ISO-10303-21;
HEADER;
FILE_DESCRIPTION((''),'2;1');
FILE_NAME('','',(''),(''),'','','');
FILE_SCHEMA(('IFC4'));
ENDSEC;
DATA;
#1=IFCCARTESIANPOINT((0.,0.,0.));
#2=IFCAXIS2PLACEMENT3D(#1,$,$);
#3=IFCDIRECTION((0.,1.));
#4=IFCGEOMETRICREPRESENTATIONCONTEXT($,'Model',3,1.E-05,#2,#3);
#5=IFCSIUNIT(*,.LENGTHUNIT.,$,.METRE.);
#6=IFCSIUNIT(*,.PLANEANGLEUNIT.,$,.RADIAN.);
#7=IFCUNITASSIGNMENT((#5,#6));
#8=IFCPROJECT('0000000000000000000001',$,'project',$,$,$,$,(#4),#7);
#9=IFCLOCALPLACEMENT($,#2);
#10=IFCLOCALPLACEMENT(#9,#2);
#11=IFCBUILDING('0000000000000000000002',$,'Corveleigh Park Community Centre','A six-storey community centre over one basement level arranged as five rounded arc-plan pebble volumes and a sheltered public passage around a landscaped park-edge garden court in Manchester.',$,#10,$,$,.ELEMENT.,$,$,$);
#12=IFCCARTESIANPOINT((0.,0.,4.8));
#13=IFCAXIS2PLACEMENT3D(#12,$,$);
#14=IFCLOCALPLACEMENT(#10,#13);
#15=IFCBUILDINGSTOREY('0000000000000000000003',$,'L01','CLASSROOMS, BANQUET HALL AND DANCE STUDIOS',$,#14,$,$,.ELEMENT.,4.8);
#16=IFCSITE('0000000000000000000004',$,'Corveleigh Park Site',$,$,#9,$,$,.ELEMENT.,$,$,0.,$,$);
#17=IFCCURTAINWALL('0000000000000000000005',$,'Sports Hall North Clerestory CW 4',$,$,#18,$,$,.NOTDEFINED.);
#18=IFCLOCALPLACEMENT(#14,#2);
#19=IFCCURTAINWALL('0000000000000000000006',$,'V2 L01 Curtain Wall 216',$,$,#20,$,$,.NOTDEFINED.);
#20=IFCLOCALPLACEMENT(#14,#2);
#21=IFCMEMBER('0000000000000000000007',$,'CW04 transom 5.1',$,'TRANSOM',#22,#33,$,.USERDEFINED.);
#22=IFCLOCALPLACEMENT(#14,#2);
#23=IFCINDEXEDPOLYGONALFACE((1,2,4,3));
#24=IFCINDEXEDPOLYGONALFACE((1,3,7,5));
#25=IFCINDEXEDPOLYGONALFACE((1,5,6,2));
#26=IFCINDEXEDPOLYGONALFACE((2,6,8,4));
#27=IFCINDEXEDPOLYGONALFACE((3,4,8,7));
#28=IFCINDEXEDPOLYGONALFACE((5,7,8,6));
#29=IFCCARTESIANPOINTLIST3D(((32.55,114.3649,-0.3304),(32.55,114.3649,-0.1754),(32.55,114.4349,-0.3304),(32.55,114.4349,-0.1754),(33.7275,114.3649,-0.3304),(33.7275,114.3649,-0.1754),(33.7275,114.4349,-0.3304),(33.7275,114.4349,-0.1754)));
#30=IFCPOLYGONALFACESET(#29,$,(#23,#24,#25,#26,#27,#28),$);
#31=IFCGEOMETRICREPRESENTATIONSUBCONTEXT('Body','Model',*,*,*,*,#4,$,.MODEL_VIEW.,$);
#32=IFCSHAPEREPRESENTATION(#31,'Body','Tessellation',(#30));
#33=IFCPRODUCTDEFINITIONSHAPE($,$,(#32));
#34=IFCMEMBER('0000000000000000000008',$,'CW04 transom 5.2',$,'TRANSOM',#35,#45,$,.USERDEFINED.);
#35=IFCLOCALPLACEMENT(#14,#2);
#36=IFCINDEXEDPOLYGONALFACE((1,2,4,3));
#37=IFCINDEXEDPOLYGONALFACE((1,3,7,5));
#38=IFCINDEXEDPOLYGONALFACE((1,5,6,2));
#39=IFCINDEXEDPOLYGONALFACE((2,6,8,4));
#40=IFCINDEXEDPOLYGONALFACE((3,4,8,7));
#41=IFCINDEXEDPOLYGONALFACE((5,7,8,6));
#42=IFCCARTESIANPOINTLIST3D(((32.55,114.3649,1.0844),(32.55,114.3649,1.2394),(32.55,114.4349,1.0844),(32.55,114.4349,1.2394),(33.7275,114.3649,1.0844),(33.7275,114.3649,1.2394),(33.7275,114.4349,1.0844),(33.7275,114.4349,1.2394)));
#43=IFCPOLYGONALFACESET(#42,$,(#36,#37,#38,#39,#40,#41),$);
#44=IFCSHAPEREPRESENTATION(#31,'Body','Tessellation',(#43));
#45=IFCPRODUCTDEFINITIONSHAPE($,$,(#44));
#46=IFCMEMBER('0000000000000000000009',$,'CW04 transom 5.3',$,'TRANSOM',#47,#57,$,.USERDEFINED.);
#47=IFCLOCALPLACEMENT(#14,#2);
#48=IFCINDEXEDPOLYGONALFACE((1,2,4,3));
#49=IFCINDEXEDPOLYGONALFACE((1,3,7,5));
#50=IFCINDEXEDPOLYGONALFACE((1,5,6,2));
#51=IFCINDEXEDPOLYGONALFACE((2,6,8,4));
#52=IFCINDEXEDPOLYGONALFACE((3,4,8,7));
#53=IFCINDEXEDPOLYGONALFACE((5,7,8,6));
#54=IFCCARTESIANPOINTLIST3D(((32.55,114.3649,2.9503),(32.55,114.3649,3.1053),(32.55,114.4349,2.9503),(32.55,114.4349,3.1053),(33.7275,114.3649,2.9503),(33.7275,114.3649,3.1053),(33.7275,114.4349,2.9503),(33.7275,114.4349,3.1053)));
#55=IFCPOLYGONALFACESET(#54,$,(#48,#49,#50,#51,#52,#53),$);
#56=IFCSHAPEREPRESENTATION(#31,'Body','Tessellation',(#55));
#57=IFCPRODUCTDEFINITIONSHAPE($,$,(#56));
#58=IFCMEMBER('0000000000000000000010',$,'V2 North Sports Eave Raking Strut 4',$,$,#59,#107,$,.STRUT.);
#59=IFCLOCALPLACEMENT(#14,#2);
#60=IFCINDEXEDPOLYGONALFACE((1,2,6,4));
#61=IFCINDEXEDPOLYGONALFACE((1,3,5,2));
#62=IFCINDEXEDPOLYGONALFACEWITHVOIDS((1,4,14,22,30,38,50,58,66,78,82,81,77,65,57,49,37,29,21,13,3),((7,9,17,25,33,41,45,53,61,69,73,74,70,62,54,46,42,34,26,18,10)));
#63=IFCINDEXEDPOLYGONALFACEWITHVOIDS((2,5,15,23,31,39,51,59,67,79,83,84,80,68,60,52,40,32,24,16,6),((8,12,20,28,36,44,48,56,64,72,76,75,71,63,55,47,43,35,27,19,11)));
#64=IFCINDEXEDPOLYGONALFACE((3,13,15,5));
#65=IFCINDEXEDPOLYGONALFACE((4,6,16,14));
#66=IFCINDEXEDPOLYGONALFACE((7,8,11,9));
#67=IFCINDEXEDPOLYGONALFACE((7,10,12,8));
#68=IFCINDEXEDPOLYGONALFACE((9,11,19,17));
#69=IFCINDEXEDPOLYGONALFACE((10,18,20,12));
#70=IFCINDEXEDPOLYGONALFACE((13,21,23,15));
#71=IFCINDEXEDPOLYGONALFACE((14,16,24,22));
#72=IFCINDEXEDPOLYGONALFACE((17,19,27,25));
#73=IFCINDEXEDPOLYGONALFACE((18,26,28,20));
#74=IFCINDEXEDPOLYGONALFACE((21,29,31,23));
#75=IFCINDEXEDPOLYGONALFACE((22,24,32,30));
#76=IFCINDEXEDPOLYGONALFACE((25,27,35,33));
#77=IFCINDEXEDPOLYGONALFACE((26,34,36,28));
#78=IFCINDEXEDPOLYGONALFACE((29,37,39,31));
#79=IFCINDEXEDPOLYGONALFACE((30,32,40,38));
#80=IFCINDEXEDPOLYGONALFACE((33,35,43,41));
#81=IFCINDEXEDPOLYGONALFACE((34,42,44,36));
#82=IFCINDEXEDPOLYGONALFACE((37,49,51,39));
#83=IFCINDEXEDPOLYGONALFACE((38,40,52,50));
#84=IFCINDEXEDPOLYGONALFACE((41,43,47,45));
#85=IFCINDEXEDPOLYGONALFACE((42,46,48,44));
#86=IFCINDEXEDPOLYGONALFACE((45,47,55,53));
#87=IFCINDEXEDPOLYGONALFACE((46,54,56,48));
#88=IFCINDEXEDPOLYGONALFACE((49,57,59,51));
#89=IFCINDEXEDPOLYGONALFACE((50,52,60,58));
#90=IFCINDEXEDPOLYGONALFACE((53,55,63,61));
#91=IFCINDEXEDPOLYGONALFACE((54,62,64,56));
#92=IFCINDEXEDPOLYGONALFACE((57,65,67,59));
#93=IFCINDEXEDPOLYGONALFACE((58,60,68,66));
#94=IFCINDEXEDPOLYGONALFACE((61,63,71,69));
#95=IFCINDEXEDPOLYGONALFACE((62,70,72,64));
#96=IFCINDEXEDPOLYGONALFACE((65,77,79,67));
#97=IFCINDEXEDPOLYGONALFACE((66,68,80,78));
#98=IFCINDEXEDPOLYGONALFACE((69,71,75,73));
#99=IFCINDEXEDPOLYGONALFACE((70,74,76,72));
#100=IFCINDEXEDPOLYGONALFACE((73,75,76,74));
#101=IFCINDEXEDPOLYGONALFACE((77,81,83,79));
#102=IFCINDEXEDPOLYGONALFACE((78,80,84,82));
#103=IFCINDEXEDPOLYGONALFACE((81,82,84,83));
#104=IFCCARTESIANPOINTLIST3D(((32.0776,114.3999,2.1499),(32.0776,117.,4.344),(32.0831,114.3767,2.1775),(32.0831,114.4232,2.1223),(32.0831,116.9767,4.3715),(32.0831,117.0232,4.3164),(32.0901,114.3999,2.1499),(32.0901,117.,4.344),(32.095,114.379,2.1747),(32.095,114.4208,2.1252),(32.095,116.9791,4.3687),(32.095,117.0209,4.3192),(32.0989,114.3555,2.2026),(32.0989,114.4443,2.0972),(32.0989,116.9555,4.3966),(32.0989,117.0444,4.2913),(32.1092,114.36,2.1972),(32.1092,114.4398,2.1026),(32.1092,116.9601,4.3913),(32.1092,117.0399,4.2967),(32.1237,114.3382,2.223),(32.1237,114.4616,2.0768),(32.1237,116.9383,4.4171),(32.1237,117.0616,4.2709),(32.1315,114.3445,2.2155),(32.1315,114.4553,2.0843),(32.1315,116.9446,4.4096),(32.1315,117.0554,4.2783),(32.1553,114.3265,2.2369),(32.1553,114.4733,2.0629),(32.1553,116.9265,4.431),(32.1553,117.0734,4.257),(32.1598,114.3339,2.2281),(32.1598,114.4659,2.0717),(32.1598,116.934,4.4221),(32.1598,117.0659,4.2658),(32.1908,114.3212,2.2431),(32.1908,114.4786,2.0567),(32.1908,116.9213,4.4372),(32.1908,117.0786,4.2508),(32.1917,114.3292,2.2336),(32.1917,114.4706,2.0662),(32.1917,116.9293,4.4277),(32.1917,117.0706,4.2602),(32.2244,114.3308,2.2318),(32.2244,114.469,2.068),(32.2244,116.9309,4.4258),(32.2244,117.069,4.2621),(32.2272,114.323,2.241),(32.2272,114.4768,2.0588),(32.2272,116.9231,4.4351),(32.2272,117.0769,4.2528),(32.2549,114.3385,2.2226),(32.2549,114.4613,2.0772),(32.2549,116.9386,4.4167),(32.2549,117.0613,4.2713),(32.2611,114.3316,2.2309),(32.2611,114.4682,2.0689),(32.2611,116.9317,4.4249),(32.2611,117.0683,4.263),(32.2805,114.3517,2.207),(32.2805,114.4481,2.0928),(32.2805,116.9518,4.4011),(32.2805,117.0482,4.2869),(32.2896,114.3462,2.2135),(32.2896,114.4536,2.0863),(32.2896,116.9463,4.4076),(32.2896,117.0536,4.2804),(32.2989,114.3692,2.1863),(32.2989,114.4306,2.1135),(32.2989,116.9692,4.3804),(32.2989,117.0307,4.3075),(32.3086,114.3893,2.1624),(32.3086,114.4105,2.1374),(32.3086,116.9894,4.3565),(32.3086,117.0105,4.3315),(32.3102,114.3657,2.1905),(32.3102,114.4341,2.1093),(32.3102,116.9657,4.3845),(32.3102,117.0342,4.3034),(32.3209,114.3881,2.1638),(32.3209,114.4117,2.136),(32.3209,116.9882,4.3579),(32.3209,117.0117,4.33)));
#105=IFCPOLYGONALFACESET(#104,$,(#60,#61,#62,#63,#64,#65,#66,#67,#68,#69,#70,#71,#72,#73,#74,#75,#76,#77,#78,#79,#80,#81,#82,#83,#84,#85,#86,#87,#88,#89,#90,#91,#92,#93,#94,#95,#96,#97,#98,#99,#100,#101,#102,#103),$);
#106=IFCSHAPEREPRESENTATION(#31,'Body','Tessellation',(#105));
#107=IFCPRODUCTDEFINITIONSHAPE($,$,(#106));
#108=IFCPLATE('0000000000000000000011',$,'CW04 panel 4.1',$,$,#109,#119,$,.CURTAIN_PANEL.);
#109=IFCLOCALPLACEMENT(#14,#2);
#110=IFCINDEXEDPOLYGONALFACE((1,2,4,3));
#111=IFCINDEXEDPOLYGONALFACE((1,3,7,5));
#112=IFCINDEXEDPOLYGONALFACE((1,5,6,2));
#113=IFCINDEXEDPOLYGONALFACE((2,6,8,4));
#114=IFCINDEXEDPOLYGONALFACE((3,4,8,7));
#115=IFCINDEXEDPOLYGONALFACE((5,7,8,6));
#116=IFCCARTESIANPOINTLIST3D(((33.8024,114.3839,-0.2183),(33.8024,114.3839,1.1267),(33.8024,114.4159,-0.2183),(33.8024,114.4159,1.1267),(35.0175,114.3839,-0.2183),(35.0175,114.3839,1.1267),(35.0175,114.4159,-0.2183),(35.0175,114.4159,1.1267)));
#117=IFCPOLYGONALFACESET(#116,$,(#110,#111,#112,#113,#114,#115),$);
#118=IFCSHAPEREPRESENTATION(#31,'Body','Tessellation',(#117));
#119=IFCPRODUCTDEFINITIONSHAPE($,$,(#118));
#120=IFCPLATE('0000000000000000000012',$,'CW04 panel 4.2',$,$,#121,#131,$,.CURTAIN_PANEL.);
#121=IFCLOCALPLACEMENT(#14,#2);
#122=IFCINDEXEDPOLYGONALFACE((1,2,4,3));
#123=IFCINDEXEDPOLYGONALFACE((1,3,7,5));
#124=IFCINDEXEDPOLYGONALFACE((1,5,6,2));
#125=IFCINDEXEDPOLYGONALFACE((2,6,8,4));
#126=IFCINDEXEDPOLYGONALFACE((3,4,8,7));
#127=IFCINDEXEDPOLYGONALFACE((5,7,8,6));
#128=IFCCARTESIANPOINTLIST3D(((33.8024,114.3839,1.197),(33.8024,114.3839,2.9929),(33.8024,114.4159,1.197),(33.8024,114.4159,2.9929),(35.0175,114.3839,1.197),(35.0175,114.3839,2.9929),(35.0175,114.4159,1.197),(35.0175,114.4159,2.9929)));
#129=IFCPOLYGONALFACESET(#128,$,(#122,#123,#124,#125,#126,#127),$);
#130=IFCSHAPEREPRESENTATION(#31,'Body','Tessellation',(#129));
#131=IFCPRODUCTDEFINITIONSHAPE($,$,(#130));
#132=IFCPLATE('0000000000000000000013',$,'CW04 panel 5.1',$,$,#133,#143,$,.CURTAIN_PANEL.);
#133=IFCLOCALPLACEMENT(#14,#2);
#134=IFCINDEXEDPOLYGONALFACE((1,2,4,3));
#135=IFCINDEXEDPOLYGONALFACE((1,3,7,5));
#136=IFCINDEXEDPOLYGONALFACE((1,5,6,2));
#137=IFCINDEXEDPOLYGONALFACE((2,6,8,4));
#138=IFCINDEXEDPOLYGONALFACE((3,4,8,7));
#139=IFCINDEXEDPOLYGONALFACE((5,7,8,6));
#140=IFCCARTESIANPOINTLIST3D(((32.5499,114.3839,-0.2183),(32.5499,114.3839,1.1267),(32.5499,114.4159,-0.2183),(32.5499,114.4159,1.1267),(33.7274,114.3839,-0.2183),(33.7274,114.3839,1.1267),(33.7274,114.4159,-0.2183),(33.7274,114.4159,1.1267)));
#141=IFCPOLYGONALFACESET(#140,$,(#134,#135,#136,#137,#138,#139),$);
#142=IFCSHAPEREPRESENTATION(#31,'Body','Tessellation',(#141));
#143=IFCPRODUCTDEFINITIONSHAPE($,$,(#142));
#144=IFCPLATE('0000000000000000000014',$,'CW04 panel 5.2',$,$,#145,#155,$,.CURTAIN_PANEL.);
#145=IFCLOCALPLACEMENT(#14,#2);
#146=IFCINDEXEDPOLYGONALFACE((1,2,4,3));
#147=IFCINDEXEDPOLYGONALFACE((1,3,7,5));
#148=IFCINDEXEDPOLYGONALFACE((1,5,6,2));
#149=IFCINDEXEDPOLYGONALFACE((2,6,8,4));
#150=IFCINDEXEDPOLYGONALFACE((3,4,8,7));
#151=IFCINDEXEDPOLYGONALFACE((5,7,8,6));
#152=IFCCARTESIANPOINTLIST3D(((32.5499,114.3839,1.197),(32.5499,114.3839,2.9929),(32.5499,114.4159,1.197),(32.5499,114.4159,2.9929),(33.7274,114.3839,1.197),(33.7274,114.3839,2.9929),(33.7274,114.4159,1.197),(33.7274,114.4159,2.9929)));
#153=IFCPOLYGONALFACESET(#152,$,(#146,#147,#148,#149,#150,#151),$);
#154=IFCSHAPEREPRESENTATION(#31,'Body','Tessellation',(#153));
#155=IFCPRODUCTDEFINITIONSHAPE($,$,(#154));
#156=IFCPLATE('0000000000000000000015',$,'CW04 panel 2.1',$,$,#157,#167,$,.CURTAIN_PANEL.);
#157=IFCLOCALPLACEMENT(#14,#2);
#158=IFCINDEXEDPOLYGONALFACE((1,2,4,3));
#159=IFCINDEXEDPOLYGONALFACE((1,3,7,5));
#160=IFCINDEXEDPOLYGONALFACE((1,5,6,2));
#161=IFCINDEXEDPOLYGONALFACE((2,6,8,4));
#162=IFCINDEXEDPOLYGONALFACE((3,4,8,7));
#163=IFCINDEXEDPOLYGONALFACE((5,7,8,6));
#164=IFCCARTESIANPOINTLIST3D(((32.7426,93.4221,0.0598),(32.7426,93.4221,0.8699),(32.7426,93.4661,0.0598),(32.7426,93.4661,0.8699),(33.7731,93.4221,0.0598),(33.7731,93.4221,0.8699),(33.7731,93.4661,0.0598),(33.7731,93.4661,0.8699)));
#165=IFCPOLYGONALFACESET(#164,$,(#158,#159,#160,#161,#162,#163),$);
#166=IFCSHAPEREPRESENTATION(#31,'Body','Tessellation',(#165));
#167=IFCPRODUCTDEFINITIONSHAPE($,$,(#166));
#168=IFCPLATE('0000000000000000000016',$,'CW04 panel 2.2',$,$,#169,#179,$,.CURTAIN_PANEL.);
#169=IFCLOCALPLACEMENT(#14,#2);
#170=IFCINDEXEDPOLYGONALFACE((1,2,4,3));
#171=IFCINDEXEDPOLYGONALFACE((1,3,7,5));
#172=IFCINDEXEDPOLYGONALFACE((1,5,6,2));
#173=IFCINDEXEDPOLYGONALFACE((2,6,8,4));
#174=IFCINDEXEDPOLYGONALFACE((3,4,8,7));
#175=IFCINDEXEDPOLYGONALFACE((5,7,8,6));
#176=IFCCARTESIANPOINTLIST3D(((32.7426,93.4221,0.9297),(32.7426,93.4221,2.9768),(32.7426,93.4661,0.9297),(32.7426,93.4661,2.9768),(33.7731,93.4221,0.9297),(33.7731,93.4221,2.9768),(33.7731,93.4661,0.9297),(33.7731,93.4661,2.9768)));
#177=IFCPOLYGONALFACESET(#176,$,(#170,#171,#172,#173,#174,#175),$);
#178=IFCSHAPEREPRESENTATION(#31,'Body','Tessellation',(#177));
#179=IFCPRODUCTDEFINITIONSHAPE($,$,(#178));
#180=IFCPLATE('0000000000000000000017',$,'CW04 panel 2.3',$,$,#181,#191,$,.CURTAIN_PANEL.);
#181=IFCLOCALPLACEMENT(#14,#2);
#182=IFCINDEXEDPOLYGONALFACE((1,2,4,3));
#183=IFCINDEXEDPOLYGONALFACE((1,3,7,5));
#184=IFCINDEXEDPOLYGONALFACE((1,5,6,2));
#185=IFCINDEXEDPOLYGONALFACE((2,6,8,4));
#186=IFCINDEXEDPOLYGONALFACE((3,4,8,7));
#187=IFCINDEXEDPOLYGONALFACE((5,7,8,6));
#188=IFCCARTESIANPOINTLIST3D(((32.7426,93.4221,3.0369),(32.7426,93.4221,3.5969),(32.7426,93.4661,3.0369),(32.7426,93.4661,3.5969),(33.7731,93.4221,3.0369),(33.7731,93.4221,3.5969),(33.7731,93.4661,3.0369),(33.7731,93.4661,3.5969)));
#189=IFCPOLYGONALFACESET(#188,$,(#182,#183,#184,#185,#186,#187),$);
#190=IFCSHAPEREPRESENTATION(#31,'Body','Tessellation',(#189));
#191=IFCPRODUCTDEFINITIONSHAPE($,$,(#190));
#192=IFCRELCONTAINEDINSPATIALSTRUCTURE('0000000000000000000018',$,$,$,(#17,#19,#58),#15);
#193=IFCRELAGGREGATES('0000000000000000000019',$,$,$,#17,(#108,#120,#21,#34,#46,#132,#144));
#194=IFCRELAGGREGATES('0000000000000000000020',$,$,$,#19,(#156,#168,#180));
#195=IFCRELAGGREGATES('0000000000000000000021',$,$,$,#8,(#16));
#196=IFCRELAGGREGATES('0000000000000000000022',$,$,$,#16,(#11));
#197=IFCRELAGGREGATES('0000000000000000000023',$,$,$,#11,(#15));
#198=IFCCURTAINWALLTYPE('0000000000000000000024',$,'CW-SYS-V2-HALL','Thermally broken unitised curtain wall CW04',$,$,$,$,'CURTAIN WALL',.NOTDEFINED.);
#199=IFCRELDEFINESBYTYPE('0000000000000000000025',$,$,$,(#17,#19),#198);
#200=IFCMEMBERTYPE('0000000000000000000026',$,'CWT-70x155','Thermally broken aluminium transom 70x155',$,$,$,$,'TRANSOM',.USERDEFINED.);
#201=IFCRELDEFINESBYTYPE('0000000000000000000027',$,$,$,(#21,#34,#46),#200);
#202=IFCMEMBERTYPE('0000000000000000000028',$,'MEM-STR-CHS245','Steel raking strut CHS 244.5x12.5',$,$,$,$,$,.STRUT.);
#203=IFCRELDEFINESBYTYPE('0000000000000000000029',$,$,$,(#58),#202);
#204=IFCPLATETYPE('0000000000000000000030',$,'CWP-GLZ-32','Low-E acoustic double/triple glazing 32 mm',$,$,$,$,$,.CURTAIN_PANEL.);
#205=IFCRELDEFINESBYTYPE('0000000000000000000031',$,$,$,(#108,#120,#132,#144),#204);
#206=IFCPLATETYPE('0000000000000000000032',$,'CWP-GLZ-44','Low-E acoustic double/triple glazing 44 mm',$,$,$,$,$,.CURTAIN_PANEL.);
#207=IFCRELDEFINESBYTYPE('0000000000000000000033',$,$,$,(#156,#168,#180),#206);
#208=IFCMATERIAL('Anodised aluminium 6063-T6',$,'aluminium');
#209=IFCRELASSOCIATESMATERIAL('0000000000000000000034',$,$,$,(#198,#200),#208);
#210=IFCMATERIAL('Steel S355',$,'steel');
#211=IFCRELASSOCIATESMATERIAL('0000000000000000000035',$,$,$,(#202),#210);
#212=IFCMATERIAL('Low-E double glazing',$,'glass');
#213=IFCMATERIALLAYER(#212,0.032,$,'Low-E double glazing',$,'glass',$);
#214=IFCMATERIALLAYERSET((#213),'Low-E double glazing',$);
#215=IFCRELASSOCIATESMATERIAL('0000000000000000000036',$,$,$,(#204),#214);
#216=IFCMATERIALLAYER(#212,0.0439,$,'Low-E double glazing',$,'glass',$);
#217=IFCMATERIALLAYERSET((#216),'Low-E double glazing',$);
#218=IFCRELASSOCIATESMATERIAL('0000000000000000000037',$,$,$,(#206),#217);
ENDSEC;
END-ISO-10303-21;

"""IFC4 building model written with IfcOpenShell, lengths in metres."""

from ifc_helpers import new_model, si_unit, direction, frame, origin, origin_2d, place, context, subcontext, project, spatial, rectangle, hollow_circle, extrude, material, layer, layer_set, material_profile, profile_set, type_object, element, aggregate, save


model = new_model("IFC4")

# Units and contexts
model_context = context("Model", 3, precision=1e-05, world=origin(), true_north=direction((0.0, 1.0)))
body_context = subcontext(model_context, "Body", "Model", "MODEL_VIEW")
ifc_project = project(units=[si_unit("LENGTHUNIT", "METRE"), si_unit("PLANEANGLEUNIT", "RADIAN")], contexts=[model_context])

# Site, building, storey
site_placement = place(None, origin())
site = spatial("IfcSite", under=ifc_project, at=site_placement, Name="Corveleigh Park Site", CompositionType="ELEMENT", RefElevation=0.0)
building_placement = place(site_placement, origin())
building = spatial("IfcBuilding", under=site, at=building_placement, Name="Corveleigh Park Community Centre", Description="A six-storey community centre over one basement level arranged as five rounded arc-plan pebble volumes and a sheltered public passage around a landscaped park-edge garden court in Manchester.", CompositionType="ELEMENT")
storey_placement = place(building_placement, frame((0.0, 0.0, 4.8)))
storey = spatial("IfcBuildingStorey", under=building, at=storey_placement, Name="L01", Description="CLASSROOMS, BANQUET HALL AND DANCE STUDIOS", CompositionType="ELEMENT", Elevation=4.8)

# Shared definitions
ifc_material_1 = material(Name="Steel S355", Category="steel")

# Shared definitions
ifc_material_2 = material(Name="Anodised aluminium 6063-T6", Category="aluminium")
curtain_wall_type = type_object("IfcCurtainWallType", Name="CW-SYS-V2-HALL", Description="Thermally broken unitised curtain wall CW04", ElementType="CURTAIN WALL", PredefinedType="NOTDEFINED", material=ifc_material_2)

# Curtain walls
curtain_wall_1_placement = place(storey_placement, origin())
curtain_wall_1 = element("IfcCurtainWall", 1, at=curtain_wall_1_placement, inside=storey, type_object=curtain_wall_type, Name="Sports Hall North Clerestory CW 4", PredefinedType="NOTDEFINED")
curtain_wall_2_placement = place(storey_placement, origin())
curtain_wall_2 = element("IfcCurtainWall", 2, at=curtain_wall_2_placement, inside=storey, type_object=curtain_wall_type, Name="V2 L01 Curtain Wall 216", PredefinedType="NOTDEFINED")

# Members
ifc_material_profile_1 = material_profile(ifc_material_2, rectangle(XDim=0.0701, YDim=0.155, at=origin_2d()), Name="ALU-T70x155", Category="aluminium")
ifc_profile_set_1 = profile_set([ifc_material_profile_1], Name="Anodised aluminium 6063-T6")
member_type_1 = type_object("IfcMemberType", Name="CWT-70x155", Description="Thermally broken aluminium transom 70x155", ElementType="TRANSOM", PredefinedType="USERDEFINED", material=ifc_profile_set_1)
member_1_placement = place(storey_placement, frame((33.7275, 114.3999, -0.2529), z_axis=(-1.0, 0.0, 0.0), x_axis=(0.0, -1.0, 0.0)))
member_1 = element("IfcMember", 3, at=member_1_placement, type_object=member_type_1, Name="CW04 transom 5.1", ObjectType="TRANSOM", PredefinedType="USERDEFINED", context=body_context, shape_type="SweptSolid", body=[
    extrude(rectangle(XDim=0.0701, YDim=0.155, at=origin_2d()), origin(), (0.0, 0.0, 1.0), 1.1775),
])
member_2_placement = place(storey_placement, frame((33.7275, 114.3999, 1.1619), z_axis=(-1.0, 0.0, 0.0), x_axis=(0.0, -1.0, 0.0)))
member_2 = element("IfcMember", 4, at=member_2_placement, type_object=member_type_1, Name="CW04 transom 5.2", ObjectType="TRANSOM", PredefinedType="USERDEFINED", context=body_context, shape_type="SweptSolid", body=[
    extrude(rectangle(XDim=0.0701, YDim=0.155, at=origin_2d()), origin(), (0.0, 0.0, 1.0), 1.1775),
])
member_3_placement = place(storey_placement, frame((33.7275, 114.3999, 3.0278), z_axis=(-1.0, 0.0, 0.0), x_axis=(0.0, -1.0, 0.0)))
member_3 = element("IfcMember", 5, at=member_3_placement, type_object=member_type_1, Name="CW04 transom 5.3", ObjectType="TRANSOM", PredefinedType="USERDEFINED", context=body_context, shape_type="SweptSolid", body=[
    extrude(rectangle(XDim=0.0701, YDim=0.155, at=origin_2d()), origin(), (0.0, 0.0, 1.0), 1.1775),
])
ifc_material_profile_2 = material_profile(ifc_material_1, hollow_circle(Radius=0.1223, WallThickness=0.0125, at=origin_2d()), Name="CHS 244.5x12.5", Category="steel")
ifc_profile_set_2 = profile_set([ifc_material_profile_2], Name="Steel S355")
member_type_2 = type_object("IfcMemberType", Name="MEM-STR-CHS245", Description="Steel raking strut CHS 244.5x12.5", PredefinedType="STRUT", material=ifc_profile_set_2)
member_4_placement = place(storey_placement, frame((32.2, 114.3999, 2.1499), z_axis=(0.0, 0.764254, 0.644915), x_axis=(-1.0, 0.0, 0.0)))
element("IfcMember", 6, at=member_4_placement, inside=storey, type_object=member_type_2, Name="V2 North Sports Eave Raking Strut 4", PredefinedType="STRUT", context=body_context, shape_type="SweptSolid", body=[
    extrude(hollow_circle(Radius=0.1223, WallThickness=0.0125, at=origin_2d()), origin(), (0.0, 0.0, 1.0), 3.4021),
])

# Plates
ifc_material_3 = material(Name="Low-E double glazing", Category="glass")
ifc_layer_1 = layer(ifc_material_3, 0.032, Name="Low-E double glazing", Category="glass")
ifc_layer_set_1 = layer_set([ifc_layer_1], Name="Low-E double glazing")
plate_type_1 = type_object("IfcPlateType", Name="CWP-GLZ-32", Description="Low-E acoustic double/triple glazing 32 mm", PredefinedType="CURTAIN_PANEL", material=ifc_layer_set_1)
plate_1_placement = place(storey_placement, frame((34.4099, 114.3999, -0.2183), z_axis=(0.0, 0.0, 1.0), x_axis=(-1.0, 0.0, 0.0)))
plate_1 = element("IfcPlate", 7, at=plate_1_placement, type_object=plate_type_1, Name="CW04 panel 4.1", PredefinedType="CURTAIN_PANEL", context=body_context, shape_type="SweptSolid", body=[
    extrude(rectangle(XDim=1.2151, YDim=0.032, at=origin_2d()), origin(), (0.0, 0.0, 1.0), 1.345),
])
plate_2_placement = place(storey_placement, frame((34.4099, 114.3999, 1.197), z_axis=(0.0, 0.0, 1.0), x_axis=(-1.0, 0.0, 0.0)))
plate_2 = element("IfcPlate", 8, at=plate_2_placement, type_object=plate_type_1, Name="CW04 panel 4.2", PredefinedType="CURTAIN_PANEL", context=body_context, shape_type="SweptSolid", body=[
    extrude(rectangle(XDim=1.2151, YDim=0.032, at=origin_2d()), origin(), (0.0, 0.0, 1.0), 1.7959),
])
plate_3_placement = place(storey_placement, frame((33.1387, 114.3999, -0.2183), z_axis=(0.0, 0.0, 1.0), x_axis=(-1.0, 0.0, 0.0)))
plate_3 = element("IfcPlate", 9, at=plate_3_placement, type_object=plate_type_1, Name="CW04 panel 5.1", PredefinedType="CURTAIN_PANEL", context=body_context, shape_type="SweptSolid", body=[
    extrude(rectangle(XDim=1.1775, YDim=0.032, at=origin_2d()), origin(), (0.0, 0.0, 1.0), 1.345),
])
plate_4_placement = place(storey_placement, frame((33.1387, 114.3999, 1.197), z_axis=(0.0, 0.0, 1.0), x_axis=(-1.0, 0.0, 0.0)))
plate_4 = element("IfcPlate", 10, at=plate_4_placement, type_object=plate_type_1, Name="CW04 panel 5.2", PredefinedType="CURTAIN_PANEL", context=body_context, shape_type="SweptSolid", body=[
    extrude(rectangle(XDim=1.1775, YDim=0.032, at=origin_2d()), origin(), (0.0, 0.0, 1.0), 1.7959),
])
aggregate(curtain_wall_1, [plate_1, plate_2, member_1, member_2, member_3, plate_3, plate_4])
ifc_layer_2 = layer(ifc_material_3, 0.0439, Name="Low-E double glazing", Category="glass")
ifc_layer_set_2 = layer_set([ifc_layer_2], Name="Low-E double glazing")
plate_type_2 = type_object("IfcPlateType", Name="CWP-GLZ-44", Description="Low-E acoustic double/triple glazing 44 mm", PredefinedType="CURTAIN_PANEL", material=ifc_layer_set_2)
plate_5_placement = place(storey_placement, frame((33.2578, 93.4441, 0.0598), z_axis=(0.0, 0.0, 1.0), x_axis=(1.0, 0.0, 0.0)))
plate_5 = element("IfcPlate", 11, at=plate_5_placement, type_object=plate_type_2, Name="CW04 panel 2.1", PredefinedType="CURTAIN_PANEL", context=body_context, shape_type="SweptSolid", body=[
    extrude(rectangle(XDim=1.0305, YDim=0.0439, at=origin_2d()), origin(), (0.0, 0.0, 1.0), 0.8101),
])
plate_6_placement = place(storey_placement, frame((33.2578, 93.4441, 0.9297), z_axis=(0.0, 0.0, 1.0), x_axis=(1.0, 0.0, 0.0)))
plate_6 = element("IfcPlate", 12, at=plate_6_placement, type_object=plate_type_2, Name="CW04 panel 2.2", PredefinedType="CURTAIN_PANEL", context=body_context, shape_type="SweptSolid", body=[
    extrude(rectangle(XDim=1.0305, YDim=0.0439, at=origin_2d()), origin(), (0.0, 0.0, 1.0), 2.0471),
])
plate_7_placement = place(storey_placement, frame((33.2578, 93.4441, 3.0369), z_axis=(0.0, 0.0, 1.0), x_axis=(1.0, 0.0, 0.0)))
plate_7 = element("IfcPlate", 13, at=plate_7_placement, type_object=plate_type_2, Name="CW04 panel 2.3", PredefinedType="CURTAIN_PANEL", context=body_context, shape_type="SweptSolid", body=[
    extrude(rectangle(XDim=1.0305, YDim=0.0439, at=origin_2d()), origin(), (0.0, 0.0, 1.0), 0.5601),
])
aggregate(curtain_wall_2, [plate_5, plate_6, plate_7])

save(model, "model.ifc")
